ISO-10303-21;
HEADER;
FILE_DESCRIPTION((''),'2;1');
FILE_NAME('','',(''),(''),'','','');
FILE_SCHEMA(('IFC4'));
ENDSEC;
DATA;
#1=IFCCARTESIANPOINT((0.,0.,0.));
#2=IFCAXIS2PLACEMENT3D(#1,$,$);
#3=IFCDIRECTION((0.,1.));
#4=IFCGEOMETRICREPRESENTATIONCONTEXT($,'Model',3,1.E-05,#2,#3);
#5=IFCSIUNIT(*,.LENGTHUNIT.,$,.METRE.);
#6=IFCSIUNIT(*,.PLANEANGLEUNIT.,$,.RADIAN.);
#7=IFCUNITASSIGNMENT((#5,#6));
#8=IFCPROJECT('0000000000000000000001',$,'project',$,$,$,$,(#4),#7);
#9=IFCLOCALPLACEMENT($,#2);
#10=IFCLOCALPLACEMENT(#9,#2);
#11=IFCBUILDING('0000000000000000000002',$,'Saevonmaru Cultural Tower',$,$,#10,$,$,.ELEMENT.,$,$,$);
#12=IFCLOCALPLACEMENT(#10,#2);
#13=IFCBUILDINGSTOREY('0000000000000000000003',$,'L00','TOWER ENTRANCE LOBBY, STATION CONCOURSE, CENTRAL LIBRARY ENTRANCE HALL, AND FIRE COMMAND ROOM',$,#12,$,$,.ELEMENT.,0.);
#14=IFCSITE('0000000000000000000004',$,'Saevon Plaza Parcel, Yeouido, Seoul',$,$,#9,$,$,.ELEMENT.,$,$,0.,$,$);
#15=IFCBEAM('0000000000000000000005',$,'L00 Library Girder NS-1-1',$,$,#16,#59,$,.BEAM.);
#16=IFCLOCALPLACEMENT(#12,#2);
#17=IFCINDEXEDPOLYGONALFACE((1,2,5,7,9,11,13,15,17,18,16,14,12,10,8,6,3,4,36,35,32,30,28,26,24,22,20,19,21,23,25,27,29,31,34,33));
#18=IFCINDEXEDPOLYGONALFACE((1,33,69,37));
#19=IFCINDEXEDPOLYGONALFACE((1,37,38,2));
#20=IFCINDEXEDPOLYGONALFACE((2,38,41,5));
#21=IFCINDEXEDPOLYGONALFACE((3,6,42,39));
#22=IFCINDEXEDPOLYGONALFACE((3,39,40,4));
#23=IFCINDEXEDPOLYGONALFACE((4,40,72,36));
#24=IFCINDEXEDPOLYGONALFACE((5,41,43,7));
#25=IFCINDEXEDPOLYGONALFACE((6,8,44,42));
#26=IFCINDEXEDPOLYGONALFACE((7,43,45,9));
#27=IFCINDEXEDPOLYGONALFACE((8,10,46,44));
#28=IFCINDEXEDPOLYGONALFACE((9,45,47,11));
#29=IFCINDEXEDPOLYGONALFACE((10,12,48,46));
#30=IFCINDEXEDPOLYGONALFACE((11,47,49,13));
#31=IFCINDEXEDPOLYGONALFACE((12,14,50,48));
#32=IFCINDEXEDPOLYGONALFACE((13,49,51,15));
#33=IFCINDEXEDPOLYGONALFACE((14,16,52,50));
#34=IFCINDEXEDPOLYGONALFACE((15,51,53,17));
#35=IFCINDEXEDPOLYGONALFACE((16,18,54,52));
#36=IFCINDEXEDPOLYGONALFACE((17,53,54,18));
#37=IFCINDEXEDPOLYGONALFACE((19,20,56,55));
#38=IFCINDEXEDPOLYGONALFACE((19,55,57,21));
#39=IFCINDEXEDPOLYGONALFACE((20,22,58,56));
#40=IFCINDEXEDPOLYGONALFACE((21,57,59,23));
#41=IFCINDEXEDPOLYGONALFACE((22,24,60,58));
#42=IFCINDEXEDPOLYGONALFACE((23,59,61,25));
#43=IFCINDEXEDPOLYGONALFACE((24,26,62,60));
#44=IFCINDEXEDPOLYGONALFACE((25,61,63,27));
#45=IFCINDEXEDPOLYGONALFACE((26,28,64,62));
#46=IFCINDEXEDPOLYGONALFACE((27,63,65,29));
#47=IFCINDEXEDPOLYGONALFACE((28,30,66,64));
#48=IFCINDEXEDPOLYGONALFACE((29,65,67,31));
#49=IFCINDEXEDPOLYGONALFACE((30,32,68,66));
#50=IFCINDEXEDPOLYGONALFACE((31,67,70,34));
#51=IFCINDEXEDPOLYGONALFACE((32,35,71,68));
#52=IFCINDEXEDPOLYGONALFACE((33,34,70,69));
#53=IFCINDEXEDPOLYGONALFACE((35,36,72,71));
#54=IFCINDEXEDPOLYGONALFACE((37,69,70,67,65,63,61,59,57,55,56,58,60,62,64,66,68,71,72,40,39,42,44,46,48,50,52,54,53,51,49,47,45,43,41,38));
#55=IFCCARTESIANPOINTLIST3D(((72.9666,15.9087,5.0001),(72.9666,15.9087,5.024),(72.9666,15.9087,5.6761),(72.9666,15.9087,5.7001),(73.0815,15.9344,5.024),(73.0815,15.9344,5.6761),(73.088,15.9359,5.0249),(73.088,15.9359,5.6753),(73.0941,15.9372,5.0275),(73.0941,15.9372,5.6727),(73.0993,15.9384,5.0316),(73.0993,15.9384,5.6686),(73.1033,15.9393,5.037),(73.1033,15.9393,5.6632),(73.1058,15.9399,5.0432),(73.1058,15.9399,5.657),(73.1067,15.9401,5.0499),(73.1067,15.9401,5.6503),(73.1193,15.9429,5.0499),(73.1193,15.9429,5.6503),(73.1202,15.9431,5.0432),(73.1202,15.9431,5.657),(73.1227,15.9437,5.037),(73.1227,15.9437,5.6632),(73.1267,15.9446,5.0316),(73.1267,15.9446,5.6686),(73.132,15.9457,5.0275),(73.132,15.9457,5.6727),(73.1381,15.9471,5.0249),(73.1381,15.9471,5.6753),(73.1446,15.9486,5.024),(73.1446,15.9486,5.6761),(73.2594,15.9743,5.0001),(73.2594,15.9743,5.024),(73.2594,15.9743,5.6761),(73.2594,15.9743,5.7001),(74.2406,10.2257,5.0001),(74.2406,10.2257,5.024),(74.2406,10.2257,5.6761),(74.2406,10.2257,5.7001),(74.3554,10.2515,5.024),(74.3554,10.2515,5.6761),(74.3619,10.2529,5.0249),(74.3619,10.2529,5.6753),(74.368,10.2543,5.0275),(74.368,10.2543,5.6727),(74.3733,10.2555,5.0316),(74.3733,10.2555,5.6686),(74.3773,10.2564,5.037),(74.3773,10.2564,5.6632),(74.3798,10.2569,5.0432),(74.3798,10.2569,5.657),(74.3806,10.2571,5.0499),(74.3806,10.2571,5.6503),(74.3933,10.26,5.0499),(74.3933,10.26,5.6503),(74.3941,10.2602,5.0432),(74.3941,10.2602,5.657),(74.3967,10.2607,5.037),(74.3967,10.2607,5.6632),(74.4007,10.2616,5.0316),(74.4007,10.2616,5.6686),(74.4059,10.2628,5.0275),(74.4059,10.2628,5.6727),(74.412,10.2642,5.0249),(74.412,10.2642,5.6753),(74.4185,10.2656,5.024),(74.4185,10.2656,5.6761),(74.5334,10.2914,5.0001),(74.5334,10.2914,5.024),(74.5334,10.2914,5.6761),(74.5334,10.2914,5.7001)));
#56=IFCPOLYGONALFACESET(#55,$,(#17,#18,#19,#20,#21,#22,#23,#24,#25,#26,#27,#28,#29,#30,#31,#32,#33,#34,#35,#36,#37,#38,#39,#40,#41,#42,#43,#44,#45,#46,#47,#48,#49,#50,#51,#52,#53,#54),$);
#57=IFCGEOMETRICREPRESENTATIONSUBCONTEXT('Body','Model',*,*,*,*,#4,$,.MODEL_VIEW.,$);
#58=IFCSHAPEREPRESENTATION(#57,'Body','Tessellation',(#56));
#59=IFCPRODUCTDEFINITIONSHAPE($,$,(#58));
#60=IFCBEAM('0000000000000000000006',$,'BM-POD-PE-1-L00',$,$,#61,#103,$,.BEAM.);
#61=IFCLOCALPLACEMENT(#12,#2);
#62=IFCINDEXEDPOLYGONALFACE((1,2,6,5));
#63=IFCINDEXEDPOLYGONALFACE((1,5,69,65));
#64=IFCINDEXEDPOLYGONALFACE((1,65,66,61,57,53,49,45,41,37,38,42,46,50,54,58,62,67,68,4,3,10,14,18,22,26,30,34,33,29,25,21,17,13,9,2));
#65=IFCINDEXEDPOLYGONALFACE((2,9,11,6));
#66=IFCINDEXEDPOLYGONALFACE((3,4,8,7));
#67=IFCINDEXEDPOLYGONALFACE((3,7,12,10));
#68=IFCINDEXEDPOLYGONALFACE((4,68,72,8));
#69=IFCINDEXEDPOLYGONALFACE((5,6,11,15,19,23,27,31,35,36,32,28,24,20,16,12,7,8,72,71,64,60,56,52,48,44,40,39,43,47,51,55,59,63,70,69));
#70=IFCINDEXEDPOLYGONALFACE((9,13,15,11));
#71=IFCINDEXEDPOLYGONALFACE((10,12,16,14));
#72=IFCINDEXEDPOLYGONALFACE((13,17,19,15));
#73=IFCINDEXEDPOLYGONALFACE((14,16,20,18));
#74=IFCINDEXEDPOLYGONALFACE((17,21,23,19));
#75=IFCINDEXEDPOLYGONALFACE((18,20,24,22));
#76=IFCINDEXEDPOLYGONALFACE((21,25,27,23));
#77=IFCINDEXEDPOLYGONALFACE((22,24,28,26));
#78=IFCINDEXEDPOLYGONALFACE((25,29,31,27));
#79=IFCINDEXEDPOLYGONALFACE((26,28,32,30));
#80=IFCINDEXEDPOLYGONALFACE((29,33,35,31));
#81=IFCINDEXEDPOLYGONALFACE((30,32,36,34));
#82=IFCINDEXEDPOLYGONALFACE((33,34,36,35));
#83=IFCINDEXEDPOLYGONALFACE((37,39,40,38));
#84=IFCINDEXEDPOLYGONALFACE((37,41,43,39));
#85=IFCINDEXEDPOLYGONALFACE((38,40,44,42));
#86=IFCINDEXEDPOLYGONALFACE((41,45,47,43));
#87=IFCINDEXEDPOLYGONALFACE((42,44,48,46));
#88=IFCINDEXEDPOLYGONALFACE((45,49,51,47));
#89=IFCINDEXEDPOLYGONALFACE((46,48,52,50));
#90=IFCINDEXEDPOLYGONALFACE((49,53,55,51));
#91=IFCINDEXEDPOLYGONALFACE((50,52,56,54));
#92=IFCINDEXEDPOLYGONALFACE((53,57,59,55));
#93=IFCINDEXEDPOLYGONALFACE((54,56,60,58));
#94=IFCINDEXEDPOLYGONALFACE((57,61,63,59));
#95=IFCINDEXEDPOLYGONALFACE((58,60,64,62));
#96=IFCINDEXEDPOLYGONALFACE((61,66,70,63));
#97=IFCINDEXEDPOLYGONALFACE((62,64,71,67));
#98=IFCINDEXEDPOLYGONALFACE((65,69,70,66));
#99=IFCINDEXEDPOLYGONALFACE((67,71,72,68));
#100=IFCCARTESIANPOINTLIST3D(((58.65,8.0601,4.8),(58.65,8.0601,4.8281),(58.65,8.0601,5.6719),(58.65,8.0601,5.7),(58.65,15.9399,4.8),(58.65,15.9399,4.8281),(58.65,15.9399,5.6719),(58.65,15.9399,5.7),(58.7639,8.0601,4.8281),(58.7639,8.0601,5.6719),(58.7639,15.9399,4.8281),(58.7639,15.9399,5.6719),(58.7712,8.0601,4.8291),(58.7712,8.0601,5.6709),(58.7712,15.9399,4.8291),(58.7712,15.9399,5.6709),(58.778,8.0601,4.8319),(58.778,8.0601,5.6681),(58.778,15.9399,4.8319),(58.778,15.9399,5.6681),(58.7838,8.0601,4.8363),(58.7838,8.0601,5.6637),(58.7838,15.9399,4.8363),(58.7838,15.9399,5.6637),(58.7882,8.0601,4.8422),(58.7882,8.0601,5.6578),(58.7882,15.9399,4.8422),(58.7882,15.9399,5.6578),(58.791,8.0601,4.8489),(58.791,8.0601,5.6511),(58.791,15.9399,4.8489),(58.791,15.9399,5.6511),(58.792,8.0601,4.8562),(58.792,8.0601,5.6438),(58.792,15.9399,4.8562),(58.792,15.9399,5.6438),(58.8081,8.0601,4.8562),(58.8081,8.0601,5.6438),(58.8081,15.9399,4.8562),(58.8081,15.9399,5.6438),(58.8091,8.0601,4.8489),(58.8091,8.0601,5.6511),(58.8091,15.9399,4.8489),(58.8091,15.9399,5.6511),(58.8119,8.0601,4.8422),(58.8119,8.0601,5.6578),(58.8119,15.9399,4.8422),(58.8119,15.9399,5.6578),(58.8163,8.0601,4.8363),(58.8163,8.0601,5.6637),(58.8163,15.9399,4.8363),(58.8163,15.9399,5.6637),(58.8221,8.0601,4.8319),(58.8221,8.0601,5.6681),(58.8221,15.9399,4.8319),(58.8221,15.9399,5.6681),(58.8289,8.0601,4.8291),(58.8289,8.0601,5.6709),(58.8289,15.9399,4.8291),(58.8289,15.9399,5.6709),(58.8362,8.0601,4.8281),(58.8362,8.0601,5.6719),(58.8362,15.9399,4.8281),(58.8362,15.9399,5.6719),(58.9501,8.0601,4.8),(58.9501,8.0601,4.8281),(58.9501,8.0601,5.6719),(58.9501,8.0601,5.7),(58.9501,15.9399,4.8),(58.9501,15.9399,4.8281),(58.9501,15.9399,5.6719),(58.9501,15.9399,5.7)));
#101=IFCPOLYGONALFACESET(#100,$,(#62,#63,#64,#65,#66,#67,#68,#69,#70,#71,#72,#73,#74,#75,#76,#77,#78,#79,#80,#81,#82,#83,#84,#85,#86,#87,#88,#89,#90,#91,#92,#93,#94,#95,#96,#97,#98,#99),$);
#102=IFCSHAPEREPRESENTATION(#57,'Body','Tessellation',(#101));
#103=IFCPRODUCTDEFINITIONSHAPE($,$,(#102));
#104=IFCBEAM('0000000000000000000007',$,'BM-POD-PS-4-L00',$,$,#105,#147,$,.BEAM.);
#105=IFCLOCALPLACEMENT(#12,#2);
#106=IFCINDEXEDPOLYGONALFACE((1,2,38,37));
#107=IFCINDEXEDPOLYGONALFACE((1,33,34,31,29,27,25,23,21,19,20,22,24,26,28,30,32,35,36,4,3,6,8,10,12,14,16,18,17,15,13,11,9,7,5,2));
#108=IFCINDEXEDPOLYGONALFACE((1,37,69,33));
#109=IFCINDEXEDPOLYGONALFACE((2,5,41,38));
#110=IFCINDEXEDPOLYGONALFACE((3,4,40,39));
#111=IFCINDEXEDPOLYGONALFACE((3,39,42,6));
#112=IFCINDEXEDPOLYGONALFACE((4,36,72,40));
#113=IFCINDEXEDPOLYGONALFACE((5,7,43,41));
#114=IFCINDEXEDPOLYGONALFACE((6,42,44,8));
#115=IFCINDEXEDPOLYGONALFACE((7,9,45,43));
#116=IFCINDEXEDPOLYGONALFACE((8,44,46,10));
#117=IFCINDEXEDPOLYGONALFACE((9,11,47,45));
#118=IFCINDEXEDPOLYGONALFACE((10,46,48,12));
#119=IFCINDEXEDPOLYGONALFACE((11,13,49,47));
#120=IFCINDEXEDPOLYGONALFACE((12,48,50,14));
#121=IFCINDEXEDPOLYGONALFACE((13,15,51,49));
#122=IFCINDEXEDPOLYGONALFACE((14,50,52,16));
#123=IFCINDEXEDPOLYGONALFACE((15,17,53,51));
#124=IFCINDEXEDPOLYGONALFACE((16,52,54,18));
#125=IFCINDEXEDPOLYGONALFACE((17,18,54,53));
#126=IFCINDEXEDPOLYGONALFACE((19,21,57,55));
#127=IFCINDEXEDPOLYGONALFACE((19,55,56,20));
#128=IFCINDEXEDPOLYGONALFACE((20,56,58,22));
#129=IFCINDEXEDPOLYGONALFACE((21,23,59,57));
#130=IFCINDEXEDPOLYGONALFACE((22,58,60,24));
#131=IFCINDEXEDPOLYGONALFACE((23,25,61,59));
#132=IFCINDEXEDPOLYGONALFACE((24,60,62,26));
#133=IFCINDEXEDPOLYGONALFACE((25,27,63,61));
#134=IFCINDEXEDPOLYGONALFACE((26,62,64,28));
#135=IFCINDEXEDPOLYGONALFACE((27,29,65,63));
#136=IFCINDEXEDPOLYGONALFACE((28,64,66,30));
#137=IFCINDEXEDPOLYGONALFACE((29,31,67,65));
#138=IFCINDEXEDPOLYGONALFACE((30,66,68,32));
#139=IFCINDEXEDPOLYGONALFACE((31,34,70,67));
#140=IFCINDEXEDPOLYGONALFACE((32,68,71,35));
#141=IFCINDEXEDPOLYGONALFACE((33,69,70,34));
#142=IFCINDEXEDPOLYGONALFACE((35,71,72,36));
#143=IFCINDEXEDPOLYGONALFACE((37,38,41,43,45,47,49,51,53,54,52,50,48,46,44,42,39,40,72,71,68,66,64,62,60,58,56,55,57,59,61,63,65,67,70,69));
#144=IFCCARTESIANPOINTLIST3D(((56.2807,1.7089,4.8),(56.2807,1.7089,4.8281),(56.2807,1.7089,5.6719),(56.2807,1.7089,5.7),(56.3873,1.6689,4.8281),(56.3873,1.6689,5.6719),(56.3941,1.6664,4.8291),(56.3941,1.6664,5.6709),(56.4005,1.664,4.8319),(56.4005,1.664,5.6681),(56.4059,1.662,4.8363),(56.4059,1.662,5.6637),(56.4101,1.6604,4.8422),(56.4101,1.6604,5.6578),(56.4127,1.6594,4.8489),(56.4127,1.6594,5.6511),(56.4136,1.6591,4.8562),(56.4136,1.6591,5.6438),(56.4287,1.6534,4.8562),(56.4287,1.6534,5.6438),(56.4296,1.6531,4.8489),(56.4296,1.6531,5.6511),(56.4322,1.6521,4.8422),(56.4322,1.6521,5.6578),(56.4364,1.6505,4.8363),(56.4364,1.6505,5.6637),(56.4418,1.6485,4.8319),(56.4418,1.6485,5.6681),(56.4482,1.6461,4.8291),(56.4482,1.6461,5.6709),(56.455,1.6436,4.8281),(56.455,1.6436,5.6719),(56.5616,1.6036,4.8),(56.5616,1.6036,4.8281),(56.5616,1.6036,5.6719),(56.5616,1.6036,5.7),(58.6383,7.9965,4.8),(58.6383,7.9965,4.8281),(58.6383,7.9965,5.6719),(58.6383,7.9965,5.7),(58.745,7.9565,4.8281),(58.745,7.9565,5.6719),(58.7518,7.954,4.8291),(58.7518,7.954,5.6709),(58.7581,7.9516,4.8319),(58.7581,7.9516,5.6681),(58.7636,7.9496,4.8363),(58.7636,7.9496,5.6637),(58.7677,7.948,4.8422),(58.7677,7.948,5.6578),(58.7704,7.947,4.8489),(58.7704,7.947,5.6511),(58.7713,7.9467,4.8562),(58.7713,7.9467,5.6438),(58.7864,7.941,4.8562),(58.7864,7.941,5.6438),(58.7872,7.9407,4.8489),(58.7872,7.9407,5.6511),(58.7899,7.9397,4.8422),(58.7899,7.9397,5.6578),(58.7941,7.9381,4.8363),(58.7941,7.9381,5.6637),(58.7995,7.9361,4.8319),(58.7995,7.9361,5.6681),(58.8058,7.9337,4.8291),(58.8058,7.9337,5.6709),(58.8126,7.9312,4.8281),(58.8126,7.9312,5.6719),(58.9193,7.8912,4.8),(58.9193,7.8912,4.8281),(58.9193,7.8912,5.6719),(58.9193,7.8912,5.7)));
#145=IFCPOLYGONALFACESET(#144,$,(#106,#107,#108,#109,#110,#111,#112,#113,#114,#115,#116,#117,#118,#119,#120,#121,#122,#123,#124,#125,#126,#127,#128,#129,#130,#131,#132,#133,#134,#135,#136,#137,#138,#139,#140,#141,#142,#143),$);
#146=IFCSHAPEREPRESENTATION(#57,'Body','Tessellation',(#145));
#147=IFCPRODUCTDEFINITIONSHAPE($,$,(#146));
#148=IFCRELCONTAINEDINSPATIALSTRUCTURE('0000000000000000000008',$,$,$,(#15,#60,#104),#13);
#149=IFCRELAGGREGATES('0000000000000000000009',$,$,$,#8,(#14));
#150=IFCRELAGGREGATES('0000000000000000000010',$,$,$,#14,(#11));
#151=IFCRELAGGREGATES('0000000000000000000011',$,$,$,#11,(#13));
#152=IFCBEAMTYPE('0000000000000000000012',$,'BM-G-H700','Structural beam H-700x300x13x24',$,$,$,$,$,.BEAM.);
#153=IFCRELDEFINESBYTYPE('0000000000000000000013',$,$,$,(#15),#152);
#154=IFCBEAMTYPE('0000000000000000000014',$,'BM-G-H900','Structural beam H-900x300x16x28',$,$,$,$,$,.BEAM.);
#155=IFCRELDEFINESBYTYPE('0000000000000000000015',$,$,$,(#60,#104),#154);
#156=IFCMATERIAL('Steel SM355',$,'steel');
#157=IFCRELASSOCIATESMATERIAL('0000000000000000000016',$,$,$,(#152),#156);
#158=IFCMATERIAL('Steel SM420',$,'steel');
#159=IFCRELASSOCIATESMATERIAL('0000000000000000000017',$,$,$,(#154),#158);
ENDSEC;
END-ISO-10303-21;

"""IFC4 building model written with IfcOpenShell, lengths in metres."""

from ifc_helpers import new_model, si_unit, direction, frame, origin, origin_2d, place, context, subcontext, project, spatial, i_section, extrude, material, material_profile, profile_set, type_object, element, save


model = new_model("IFC4")

# Units and contexts
model_context = context("Model", 3, precision=1e-05, world=origin(), true_north=direction((0.0, 1.0)))
body_context = subcontext(model_context, "Body", "Model", "MODEL_VIEW")
ifc_project = project(units=[si_unit("LENGTHUNIT", "METRE"), si_unit("PLANEANGLEUNIT", "RADIAN")], contexts=[model_context])

# Site, building, storey
site_placement = place(None, origin())
site = spatial("IfcSite", under=ifc_project, at=site_placement, Name="Saevon Plaza Parcel, Yeouido, Seoul", CompositionType="ELEMENT", RefElevation=0.0)
building_placement = place(site_placement, origin())
building = spatial("IfcBuilding", under=site, at=building_placement, Name="Saevonmaru Cultural Tower", CompositionType="ELEMENT")
storey_placement = place(building_placement, origin())
storey = spatial("IfcBuildingStorey", under=building, at=storey_placement, Name="L00", Description="TOWER ENTRANCE LOBBY, STATION CONCOURSE, CENTRAL LIBRARY ENTRANCE HALL, AND FIRE COMMAND ROOM", CompositionType="ELEMENT", Elevation=0.0)

# Shared definitions
ifc_material_1 = material(Name="Steel SM355", Category="steel")
ifc_material_2 = material(Name="Steel SM420", Category="steel")

# Beams
ifc_material_profile_1 = material_profile(ifc_material_1, i_section(OverallWidth=0.3, OverallDepth=0.7, WebThickness=0.0129, FlangeThickness=0.0239, FilletRadius=0.0259, at=origin_2d()), Name="H-700x300x13x24")
ifc_profile_set_1 = profile_set([ifc_material_profile_1], Name="Steel SM355")
beam_type_1 = type_object("IfcBeamType", Name="BM-G-H700", Description="Structural beam H-700x300x13x24", PredefinedType="BEAM", material=ifc_profile_set_1)
beam_1_placement = place(storey_placement, frame((74.387, 10.2585, 5.3501), z_axis=(-0.218741, 0.975783, 0.0), x_axis=(-0.975783, -0.218741, 0.0)))
element("IfcBeam", 1, at=beam_1_placement, inside=storey, type_object=beam_type_1, Name="L00 Library Girder NS-1-1", PredefinedType="BEAM", context=body_context, shape_type="SweptSolid", body=[
    extrude(i_section(OverallWidth=0.3, OverallDepth=0.7, WebThickness=0.0129, FlangeThickness=0.0239, FilletRadius=0.0259, at=origin_2d()), origin(), (0.0, 0.0, 1.0), 5.824),
])
ifc_material_profile_2 = material_profile(ifc_material_2, i_section(OverallWidth=0.3, OverallDepth=0.8999, WebThickness=0.0161, FlangeThickness=0.0281, FilletRadius=0.0281, at=origin_2d()), Name="H-900x300x16x28")
ifc_profile_set_2 = profile_set([ifc_material_profile_2], Name="Steel SM420")
beam_type_2 = type_object("IfcBeamType", Name="BM-G-H900", Description="Structural beam H-900x300x16x28", PredefinedType="BEAM", material=ifc_profile_set_2)
beam_2_placement = place(storey_placement, frame((58.8, 8.0601, 5.25), z_axis=(0.0, 1.0, 0.0), x_axis=(-1.0, 0.0, 0.0)))
element("IfcBeam", 2, at=beam_2_placement, inside=storey, type_object=beam_type_2, Name="BM-POD-PE-1-L00", PredefinedType="BEAM", context=body_context, shape_type="SweptSolid", body=[
    extrude(i_section(OverallWidth=0.3, OverallDepth=0.8999, WebThickness=0.0161, FlangeThickness=0.0281, FilletRadius=0.0281, at=origin_2d()), origin(), (0.0, 0.0, 1.0), 7.8799),
])
beam_3_placement = place(storey_placement, frame((56.4211, 1.6562, 5.25), z_axis=(0.3511, 0.936338, 0.0), x_axis=(-0.936338, 0.3511, 0.0)))
element("IfcBeam", 3, at=beam_3_placement, inside=storey, type_object=beam_type_2, Name="BM-POD-PS-4-L00", PredefinedType="BEAM", context=body_context, shape_type="SweptSolid", body=[
    extrude(i_section(OverallWidth=0.3, OverallDepth=0.8999, WebThickness=0.0161, FlangeThickness=0.0281, FilletRadius=0.0281, at=origin_2d()), origin(), (0.0, 0.0, 1.0), 6.7151),
])

save(model, "model.ifc")
